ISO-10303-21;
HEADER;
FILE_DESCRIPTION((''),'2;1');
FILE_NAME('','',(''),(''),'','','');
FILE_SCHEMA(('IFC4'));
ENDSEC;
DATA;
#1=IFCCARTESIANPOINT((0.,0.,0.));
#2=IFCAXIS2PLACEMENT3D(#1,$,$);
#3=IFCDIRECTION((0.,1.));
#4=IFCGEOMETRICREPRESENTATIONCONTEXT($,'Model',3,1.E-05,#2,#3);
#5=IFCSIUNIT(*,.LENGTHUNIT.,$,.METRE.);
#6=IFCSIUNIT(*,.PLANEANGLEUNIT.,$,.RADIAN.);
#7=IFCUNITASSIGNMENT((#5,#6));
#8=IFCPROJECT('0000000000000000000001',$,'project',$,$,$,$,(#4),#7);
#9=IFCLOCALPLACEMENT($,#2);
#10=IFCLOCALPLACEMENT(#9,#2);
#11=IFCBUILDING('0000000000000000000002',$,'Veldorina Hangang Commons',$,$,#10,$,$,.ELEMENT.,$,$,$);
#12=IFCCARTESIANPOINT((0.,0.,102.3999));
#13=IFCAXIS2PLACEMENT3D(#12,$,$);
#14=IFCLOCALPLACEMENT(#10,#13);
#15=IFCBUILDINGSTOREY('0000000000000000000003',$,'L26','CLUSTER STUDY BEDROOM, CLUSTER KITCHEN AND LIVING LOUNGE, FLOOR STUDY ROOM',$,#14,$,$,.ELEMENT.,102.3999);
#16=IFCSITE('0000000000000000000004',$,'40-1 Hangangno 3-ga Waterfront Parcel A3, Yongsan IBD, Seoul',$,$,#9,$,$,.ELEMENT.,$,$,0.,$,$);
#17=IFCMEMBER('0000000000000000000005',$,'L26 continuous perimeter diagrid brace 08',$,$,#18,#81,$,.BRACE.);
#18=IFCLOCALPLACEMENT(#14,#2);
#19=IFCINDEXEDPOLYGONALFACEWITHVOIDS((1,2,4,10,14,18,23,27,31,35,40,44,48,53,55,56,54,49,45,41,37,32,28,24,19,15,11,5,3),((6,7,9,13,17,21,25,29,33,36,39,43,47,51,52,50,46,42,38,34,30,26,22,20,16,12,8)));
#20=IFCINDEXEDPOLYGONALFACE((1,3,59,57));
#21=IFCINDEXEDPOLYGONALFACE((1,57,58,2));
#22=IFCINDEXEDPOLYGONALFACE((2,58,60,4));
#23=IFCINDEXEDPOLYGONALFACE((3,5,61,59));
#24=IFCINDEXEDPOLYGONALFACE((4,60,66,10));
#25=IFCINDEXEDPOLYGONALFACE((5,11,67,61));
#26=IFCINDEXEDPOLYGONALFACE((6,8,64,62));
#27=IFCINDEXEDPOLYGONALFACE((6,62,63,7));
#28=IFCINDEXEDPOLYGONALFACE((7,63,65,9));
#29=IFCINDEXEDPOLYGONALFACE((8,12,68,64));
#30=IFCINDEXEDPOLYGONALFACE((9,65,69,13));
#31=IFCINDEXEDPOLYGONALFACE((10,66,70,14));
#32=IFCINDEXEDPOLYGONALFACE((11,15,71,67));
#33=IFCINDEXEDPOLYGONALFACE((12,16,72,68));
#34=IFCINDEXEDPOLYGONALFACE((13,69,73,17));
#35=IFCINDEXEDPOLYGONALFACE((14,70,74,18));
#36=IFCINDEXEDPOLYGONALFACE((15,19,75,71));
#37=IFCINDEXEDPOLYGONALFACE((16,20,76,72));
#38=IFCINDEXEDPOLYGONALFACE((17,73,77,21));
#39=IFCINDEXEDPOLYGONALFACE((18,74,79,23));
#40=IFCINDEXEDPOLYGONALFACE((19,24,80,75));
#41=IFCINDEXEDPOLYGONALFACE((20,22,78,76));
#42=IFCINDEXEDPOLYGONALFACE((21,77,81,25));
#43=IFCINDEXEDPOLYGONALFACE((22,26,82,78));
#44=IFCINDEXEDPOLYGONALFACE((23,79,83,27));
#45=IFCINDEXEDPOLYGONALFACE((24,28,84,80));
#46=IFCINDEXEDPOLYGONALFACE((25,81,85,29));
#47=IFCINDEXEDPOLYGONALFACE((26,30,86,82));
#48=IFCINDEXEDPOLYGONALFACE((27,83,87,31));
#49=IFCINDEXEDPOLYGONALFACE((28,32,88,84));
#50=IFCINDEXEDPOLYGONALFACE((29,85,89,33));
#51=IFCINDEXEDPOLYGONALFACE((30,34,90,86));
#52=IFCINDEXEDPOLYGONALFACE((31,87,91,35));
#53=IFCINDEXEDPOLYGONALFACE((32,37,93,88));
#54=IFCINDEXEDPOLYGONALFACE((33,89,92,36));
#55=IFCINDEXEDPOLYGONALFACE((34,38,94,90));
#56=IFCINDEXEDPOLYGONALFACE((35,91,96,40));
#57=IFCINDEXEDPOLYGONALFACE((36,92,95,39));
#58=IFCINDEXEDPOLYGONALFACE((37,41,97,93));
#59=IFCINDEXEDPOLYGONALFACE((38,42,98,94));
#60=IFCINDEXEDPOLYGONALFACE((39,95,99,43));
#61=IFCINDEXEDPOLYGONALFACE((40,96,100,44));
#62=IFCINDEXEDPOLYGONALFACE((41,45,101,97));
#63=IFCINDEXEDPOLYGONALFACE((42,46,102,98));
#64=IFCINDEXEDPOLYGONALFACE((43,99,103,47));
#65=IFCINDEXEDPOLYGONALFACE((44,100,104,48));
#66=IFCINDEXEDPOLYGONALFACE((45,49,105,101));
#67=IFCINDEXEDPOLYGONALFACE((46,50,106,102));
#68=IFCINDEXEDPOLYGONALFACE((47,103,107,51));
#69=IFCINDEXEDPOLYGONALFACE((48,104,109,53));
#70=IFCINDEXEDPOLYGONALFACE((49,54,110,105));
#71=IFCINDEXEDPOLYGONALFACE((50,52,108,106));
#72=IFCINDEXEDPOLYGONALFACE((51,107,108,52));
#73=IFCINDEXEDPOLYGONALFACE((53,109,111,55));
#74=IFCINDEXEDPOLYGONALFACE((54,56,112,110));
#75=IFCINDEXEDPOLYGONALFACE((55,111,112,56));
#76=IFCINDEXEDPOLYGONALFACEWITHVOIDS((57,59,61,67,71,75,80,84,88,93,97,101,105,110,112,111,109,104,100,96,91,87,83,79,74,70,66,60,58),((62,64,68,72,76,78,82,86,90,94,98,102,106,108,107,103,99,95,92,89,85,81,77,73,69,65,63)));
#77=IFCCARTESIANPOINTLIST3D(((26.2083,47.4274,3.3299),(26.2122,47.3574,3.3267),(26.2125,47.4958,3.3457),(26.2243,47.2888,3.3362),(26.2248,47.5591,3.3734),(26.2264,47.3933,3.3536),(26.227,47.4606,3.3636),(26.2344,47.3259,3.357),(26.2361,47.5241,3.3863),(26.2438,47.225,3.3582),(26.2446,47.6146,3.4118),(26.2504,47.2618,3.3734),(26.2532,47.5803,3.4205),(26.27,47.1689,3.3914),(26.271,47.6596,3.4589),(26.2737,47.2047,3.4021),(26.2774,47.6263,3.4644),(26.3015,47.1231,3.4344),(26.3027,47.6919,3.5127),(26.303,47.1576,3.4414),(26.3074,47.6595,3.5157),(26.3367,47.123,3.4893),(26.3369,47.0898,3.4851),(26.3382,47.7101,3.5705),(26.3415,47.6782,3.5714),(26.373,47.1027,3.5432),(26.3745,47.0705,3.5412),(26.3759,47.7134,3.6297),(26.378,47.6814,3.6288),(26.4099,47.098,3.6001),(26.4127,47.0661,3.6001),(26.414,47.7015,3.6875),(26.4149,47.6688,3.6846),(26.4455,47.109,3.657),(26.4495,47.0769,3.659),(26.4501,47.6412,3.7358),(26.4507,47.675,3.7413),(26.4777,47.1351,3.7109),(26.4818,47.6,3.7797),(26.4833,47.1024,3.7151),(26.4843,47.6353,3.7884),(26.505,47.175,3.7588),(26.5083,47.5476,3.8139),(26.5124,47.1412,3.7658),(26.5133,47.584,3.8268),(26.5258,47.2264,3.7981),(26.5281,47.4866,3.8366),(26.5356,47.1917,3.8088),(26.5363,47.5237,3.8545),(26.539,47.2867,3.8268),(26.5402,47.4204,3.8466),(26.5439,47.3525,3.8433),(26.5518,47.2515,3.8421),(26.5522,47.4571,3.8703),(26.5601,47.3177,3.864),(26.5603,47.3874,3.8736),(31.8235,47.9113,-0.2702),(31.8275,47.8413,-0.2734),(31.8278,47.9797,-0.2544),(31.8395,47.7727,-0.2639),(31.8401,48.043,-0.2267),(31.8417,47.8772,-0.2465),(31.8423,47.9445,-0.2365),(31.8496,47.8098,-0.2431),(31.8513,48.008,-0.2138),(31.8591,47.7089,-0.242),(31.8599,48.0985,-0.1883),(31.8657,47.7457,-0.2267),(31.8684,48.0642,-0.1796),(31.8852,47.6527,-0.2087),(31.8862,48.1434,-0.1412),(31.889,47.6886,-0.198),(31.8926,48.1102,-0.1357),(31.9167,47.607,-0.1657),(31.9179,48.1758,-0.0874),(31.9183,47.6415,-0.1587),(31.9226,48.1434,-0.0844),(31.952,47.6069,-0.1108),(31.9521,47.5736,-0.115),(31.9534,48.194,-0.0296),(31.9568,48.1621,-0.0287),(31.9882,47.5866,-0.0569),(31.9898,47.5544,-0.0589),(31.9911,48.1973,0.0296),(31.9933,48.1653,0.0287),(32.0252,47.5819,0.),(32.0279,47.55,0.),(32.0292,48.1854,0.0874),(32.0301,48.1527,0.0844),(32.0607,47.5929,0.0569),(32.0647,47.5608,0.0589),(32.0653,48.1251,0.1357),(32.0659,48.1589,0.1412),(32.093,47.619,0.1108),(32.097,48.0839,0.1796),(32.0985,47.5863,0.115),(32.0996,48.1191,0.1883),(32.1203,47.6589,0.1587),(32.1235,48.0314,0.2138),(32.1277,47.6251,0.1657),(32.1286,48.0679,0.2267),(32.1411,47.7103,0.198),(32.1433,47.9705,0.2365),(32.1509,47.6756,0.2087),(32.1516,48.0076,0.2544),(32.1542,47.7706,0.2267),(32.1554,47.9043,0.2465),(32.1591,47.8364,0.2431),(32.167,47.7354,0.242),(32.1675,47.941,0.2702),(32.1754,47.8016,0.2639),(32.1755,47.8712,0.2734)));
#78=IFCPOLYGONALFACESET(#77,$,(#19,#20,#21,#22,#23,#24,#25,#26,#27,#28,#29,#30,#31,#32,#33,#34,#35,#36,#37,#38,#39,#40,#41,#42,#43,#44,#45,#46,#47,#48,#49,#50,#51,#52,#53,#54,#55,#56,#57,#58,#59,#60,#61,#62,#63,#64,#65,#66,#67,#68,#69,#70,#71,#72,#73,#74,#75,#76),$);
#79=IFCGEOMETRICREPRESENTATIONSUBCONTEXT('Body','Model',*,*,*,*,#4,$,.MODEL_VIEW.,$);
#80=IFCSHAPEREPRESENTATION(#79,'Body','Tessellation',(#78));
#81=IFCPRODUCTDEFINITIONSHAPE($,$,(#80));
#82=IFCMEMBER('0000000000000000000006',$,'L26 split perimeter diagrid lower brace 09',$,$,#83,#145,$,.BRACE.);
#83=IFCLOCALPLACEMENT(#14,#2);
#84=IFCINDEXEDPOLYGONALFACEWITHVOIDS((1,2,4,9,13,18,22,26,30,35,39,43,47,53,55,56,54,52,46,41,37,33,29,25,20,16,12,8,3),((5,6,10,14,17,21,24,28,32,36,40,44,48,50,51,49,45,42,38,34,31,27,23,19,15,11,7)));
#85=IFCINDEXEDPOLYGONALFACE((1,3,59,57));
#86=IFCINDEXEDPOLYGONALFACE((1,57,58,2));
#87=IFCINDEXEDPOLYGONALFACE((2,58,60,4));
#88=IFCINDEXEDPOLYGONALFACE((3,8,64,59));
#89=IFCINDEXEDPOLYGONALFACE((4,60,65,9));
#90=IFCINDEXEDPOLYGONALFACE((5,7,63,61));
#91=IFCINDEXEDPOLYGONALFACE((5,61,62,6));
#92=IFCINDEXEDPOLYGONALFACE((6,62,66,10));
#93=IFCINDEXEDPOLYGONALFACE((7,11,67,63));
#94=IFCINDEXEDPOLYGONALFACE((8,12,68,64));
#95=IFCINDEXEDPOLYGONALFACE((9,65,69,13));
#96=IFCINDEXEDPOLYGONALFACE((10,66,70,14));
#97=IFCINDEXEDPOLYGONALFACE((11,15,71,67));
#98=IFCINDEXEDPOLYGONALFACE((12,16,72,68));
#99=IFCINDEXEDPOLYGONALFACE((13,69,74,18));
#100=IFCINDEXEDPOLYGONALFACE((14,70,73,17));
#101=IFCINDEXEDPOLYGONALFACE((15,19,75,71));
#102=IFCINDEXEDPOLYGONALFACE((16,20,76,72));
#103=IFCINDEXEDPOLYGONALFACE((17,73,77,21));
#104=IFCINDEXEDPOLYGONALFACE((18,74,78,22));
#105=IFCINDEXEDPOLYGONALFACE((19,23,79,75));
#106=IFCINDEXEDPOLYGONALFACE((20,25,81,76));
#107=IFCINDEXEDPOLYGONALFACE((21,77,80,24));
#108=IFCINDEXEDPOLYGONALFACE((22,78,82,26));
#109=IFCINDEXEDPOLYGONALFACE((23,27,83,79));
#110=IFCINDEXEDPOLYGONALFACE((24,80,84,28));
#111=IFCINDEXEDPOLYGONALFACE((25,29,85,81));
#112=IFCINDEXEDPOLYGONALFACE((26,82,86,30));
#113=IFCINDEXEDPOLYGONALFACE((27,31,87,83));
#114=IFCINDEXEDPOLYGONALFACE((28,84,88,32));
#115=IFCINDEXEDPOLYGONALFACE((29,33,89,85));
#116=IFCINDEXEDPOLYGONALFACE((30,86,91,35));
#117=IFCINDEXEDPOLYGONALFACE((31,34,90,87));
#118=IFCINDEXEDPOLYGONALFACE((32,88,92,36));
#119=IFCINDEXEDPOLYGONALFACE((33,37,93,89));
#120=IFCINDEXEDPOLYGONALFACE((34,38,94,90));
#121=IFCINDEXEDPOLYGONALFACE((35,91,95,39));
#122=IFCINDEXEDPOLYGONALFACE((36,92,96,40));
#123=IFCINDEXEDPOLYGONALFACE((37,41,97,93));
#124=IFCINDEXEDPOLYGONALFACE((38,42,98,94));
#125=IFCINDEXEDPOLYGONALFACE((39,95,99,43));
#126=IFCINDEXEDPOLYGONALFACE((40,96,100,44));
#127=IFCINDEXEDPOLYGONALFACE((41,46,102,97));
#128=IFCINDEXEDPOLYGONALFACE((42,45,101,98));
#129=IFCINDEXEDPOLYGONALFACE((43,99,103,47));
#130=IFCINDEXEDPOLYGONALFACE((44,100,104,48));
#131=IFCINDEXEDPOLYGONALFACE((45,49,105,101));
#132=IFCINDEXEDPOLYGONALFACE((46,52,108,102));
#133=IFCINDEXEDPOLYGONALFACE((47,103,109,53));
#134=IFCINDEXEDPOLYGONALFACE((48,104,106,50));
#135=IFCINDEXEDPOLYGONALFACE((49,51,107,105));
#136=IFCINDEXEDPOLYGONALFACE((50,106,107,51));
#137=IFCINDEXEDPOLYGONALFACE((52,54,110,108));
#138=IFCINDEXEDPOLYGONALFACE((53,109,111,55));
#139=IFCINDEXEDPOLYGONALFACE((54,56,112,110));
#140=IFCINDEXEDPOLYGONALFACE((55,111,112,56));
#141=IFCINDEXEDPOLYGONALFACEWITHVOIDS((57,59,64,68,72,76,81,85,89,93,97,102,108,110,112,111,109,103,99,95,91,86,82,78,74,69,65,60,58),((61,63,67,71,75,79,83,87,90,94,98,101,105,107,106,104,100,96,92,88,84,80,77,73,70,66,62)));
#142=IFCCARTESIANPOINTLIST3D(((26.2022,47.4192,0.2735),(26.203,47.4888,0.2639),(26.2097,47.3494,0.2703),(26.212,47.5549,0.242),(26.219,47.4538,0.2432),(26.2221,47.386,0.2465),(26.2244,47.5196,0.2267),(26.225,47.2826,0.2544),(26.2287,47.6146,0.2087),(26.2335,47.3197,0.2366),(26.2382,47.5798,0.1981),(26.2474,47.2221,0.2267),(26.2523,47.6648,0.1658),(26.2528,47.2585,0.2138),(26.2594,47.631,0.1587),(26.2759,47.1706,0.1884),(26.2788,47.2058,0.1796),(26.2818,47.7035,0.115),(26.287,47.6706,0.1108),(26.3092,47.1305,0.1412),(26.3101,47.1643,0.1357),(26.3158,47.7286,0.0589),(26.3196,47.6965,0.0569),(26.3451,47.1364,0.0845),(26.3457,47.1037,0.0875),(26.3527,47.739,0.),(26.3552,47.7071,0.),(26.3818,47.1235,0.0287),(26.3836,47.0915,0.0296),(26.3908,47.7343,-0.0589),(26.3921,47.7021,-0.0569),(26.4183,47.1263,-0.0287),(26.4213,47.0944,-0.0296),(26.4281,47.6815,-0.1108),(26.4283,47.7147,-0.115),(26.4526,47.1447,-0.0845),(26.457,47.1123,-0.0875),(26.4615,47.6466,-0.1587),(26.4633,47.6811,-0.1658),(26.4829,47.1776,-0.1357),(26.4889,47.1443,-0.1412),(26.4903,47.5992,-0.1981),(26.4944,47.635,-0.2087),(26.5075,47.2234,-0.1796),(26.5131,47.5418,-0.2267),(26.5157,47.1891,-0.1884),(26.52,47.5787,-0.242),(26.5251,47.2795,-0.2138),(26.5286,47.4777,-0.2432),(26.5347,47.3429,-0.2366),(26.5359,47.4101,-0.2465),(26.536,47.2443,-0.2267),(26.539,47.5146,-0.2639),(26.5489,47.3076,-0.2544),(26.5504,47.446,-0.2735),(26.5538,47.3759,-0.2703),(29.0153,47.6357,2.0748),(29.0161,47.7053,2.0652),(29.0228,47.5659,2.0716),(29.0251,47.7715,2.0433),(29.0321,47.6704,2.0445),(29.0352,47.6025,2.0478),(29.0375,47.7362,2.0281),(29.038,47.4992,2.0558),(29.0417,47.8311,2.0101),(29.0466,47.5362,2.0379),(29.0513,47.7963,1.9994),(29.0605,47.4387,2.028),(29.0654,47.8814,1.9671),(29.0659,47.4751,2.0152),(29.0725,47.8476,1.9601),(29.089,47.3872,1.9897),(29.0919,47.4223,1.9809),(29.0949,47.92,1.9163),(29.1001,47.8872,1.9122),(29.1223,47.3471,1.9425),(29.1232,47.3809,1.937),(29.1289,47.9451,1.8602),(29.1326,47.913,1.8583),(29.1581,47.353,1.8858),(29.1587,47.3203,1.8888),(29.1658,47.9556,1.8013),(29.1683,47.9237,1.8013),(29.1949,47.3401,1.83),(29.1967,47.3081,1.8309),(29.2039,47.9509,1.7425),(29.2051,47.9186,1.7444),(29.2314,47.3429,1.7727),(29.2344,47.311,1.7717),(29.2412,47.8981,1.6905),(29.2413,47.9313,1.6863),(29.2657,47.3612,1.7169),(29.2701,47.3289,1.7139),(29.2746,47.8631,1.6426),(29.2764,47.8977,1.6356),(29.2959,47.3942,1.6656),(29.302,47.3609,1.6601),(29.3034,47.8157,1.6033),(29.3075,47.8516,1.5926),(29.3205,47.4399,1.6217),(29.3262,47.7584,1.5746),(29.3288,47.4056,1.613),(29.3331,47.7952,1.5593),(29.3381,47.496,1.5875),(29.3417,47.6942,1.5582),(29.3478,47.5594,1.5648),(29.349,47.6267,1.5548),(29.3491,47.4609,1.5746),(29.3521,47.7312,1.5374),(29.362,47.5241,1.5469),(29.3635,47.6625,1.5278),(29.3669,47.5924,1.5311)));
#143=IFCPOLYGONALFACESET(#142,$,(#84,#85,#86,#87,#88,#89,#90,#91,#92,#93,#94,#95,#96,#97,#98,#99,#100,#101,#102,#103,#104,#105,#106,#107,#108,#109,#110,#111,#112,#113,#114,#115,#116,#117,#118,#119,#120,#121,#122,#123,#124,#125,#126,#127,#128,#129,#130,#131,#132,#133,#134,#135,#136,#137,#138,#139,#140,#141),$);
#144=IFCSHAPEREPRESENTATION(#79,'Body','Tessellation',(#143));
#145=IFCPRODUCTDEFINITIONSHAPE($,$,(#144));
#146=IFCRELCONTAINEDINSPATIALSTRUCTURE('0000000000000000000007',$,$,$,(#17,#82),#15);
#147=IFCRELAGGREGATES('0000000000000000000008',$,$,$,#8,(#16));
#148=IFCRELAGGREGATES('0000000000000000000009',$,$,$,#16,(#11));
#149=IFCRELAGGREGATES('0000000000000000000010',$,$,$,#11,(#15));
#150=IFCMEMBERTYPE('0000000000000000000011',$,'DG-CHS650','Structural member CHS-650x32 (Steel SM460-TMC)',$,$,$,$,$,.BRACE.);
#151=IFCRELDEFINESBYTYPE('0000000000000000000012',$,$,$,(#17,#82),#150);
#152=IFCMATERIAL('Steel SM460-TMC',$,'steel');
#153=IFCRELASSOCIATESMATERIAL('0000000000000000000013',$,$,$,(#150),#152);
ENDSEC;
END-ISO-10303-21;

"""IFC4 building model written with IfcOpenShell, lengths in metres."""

from ifc_helpers import new_model, si_unit, direction, frame, origin, origin_2d, place, context, subcontext, project, spatial, hollow_circle, extrude, material, material_profile, profile_set, type_object, element, save


model = new_model("IFC4")

# Units and contexts
model_context = context("Model", 3, precision=1e-05, world=origin(), true_north=direction((0.0, 1.0)))
body_context = subcontext(model_context, "Body", "Model", "MODEL_VIEW")
ifc_project = project(units=[si_unit("LENGTHUNIT", "METRE"), si_unit("PLANEANGLEUNIT", "RADIAN")], contexts=[model_context])

# Site, building, storey
site_placement = place(None, origin())
site = spatial("IfcSite", under=ifc_project, at=site_placement, Name="40-1 Hangangno 3-ga Waterfront Parcel A3, Yongsan IBD, Seoul", CompositionType="ELEMENT", RefElevation=0.0)
building_placement = place(site_placement, origin())
building = spatial("IfcBuilding", under=site, at=building_placement, Name="Veldorina Hangang Commons", CompositionType="ELEMENT")
storey_placement = place(building_placement, frame((0.0, 0.0, 102.3999)))
storey = spatial("IfcBuildingStorey", under=building, at=storey_placement, Name="L26", Description="CLUSTER STUDY BEDROOM, CLUSTER KITCHEN AND LIVING LOUNGE, FLOOR STUDY ROOM", CompositionType="ELEMENT", Elevation=102.3999)

# Members
ifc_material_1 = material(Name="Steel SM460-TMC", Category="steel")
ifc_material_profile_1 = material_profile(ifc_material_1, hollow_circle(Radius=0.325, WallThickness=0.032, at=origin_2d()), Name="CHS-650x32")
ifc_profile_set_1 = profile_set([ifc_material_profile_1], Name="Steel SM460-TMC")
member_type_1 = type_object("IfcMemberType", Name="DG-CHS650", Description="Structural member CHS-650x32 (Steel SM460-TMC)", PredefinedType="BRACE", material=ifc_profile_set_1)
member_1_placement = place(storey_placement, frame((32.0, 47.8738, 0.0), z_axis=(-0.839633, -0.072354, 0.538314), x_axis=(0.085856, -0.996308, 0.0)))
element("IfcMember", 1, at=member_1_placement, inside=storey, type_object=member_type_1, Name="L26 continuous perimeter diagrid brace 08", PredefinedType="BRACE", context=body_context, shape_type="SweptSolid", body=[
    extrude(hollow_circle(Radius=0.325, WallThickness=0.032, at=origin_2d()), origin(), (0.0, 0.0, 1.0), 6.6877),
])
member_2_placement = place(storey_placement, frame((26.3777, 47.415, 0.0), z_axis=(0.840377, 0.064695, 0.538127), x_axis=(-0.076756, 0.99705, 0.0)))
element("IfcMember", 2, at=member_2_placement, inside=storey, type_object=member_type_1, Name="L26 split perimeter diagrid lower brace 09", PredefinedType="BRACE", context=body_context, shape_type="SweptSolid", body=[
    extrude(hollow_circle(Radius=0.325, WallThickness=0.032, at=origin_2d()), origin(), (0.0, 0.0, 1.0), 3.3474),
])

save(model, "model.ifc")
